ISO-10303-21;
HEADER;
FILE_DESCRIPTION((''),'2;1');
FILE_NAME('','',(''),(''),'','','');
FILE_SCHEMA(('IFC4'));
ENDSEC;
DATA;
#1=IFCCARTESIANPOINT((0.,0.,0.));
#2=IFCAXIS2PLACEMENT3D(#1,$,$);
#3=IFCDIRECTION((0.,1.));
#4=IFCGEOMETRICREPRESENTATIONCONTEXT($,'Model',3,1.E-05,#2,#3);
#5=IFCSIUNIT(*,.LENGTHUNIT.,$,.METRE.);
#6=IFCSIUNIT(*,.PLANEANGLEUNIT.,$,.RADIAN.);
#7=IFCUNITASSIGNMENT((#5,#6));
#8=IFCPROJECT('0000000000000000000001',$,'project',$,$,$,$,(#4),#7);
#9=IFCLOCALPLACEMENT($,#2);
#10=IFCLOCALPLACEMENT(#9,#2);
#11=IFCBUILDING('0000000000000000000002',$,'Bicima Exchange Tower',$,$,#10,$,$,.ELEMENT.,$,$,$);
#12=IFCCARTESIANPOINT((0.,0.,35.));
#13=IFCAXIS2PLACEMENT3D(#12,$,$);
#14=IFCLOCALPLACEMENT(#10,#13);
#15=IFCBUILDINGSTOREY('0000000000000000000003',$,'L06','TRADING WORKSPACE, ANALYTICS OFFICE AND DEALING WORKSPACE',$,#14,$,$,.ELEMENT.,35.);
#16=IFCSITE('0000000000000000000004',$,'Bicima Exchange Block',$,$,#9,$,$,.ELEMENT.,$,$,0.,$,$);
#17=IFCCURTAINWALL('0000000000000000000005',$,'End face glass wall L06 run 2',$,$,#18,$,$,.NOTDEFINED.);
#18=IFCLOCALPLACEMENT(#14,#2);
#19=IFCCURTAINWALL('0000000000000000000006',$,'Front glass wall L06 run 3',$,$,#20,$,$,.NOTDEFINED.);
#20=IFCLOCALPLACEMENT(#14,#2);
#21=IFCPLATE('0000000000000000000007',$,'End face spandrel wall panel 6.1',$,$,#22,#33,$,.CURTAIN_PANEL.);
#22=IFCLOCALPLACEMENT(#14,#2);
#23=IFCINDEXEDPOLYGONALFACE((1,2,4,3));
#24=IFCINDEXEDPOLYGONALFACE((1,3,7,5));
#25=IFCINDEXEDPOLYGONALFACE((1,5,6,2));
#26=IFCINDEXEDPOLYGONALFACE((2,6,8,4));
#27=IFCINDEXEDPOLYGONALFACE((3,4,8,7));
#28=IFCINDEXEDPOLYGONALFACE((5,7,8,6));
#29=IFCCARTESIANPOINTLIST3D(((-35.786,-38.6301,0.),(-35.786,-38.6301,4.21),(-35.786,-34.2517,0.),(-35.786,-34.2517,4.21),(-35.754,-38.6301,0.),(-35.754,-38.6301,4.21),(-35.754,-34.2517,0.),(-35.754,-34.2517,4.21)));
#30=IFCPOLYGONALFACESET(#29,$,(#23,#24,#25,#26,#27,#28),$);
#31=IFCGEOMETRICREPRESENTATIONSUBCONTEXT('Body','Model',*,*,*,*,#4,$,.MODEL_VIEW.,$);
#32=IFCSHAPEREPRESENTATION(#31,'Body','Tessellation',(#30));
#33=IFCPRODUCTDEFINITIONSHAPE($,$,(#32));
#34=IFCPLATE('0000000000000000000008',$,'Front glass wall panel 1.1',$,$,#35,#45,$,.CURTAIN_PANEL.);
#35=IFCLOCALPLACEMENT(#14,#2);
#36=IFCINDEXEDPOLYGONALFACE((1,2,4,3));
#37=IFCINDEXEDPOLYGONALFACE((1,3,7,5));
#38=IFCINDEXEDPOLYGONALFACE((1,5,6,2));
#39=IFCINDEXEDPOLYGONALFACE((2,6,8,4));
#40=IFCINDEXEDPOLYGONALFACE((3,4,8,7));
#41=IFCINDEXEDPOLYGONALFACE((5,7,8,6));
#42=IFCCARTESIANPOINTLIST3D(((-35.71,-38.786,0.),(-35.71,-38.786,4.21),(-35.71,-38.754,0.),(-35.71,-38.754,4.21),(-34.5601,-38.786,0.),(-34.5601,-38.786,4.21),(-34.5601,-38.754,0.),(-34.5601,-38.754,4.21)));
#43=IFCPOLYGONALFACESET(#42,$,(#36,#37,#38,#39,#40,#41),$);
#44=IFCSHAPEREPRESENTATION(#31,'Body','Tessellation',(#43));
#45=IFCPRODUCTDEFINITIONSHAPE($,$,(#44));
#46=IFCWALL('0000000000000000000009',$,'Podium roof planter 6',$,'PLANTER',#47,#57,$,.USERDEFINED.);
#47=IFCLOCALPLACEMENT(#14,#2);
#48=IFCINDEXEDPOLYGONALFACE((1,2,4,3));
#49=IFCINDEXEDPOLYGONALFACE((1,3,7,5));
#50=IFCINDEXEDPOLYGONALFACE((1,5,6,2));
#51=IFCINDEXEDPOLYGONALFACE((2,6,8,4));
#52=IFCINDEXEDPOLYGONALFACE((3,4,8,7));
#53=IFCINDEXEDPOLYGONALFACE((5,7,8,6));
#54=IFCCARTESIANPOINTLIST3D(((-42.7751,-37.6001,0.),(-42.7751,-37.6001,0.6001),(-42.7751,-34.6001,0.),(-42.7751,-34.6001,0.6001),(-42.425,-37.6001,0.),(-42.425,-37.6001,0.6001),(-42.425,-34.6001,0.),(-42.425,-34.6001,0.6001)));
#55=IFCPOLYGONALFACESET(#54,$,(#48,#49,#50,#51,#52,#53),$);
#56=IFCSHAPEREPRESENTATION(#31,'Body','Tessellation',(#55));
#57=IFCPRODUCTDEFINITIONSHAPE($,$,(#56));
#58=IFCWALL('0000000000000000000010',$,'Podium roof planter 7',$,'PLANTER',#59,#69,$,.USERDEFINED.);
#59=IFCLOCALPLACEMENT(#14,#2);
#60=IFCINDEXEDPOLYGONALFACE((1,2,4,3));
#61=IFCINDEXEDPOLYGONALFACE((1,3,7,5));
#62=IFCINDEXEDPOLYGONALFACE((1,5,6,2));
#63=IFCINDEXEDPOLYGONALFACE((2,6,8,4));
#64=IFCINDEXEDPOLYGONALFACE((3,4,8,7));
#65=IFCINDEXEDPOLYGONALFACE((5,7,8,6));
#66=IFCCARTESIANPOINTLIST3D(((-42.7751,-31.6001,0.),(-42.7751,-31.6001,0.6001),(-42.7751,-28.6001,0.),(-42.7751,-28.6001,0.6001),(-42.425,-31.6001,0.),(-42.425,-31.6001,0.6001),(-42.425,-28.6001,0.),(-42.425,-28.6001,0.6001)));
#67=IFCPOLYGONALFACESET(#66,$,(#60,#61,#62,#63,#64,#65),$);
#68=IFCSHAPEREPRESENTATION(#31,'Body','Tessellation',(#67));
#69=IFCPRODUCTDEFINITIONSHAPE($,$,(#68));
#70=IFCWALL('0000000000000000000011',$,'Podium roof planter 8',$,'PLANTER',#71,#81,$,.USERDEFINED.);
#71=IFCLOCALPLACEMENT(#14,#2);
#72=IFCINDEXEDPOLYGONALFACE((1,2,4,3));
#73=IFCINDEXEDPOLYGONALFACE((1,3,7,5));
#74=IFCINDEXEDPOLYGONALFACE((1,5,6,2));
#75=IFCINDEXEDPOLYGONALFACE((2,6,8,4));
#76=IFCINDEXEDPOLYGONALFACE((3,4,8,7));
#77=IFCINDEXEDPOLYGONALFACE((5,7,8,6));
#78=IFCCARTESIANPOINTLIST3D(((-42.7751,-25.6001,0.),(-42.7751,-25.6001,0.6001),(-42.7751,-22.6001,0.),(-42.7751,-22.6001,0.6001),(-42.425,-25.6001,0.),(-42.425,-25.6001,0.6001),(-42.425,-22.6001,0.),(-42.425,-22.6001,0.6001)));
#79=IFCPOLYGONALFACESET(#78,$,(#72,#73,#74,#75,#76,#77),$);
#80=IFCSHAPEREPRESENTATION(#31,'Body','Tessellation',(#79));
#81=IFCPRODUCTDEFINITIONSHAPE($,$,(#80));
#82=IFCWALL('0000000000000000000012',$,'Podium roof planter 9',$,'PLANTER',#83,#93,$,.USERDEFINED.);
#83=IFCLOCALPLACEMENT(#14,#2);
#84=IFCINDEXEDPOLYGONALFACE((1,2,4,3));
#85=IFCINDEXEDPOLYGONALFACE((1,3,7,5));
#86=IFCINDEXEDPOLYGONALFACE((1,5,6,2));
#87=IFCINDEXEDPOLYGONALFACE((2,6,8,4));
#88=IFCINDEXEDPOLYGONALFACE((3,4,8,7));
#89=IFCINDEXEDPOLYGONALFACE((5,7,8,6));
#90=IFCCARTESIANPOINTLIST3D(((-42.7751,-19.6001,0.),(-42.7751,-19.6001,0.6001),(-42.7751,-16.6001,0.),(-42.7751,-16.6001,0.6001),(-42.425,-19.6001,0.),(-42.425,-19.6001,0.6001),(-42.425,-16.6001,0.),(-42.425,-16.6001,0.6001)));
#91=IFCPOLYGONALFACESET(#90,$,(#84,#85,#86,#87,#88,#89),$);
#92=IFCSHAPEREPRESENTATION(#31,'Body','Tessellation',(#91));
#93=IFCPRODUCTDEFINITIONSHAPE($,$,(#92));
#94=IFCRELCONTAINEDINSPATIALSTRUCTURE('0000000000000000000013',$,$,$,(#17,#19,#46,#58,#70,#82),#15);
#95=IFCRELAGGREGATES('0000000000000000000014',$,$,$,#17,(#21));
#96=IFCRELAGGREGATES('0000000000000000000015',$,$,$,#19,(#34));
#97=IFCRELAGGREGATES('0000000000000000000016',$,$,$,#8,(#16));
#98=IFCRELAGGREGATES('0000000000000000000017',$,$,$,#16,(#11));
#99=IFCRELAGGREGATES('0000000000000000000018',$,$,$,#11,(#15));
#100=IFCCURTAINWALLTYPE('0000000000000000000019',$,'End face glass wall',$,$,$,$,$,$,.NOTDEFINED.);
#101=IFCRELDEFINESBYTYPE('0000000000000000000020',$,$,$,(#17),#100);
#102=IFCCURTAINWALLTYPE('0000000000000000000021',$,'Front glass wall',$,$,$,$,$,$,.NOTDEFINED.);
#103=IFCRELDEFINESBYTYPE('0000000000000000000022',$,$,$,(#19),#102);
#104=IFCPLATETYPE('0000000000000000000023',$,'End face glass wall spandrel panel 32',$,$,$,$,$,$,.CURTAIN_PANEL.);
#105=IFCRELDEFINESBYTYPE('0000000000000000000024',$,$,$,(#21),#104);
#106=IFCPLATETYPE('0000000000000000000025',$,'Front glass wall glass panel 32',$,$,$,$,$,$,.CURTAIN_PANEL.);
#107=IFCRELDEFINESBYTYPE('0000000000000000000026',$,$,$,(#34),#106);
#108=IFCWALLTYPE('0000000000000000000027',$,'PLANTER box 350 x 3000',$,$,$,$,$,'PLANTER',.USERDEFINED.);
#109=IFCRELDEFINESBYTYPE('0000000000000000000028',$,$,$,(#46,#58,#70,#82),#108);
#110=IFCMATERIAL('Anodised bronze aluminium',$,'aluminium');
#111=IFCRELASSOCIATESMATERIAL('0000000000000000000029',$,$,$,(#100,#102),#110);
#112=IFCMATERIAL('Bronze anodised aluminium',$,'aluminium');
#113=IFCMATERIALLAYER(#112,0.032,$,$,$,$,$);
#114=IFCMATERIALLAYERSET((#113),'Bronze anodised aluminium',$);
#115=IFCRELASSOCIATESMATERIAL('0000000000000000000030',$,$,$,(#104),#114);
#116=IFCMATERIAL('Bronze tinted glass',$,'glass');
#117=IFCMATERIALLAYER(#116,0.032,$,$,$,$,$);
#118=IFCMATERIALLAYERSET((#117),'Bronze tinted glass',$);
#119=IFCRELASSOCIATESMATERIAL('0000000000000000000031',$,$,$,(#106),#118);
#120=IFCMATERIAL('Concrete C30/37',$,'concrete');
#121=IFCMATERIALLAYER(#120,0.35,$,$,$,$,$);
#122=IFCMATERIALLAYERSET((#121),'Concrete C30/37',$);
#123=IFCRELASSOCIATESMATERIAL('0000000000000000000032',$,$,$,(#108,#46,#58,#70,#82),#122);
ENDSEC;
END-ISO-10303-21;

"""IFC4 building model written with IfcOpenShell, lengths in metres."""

from ifc_helpers import new_model, si_unit, direction, frame, frame_2d, origin, origin_2d, place, context, subcontext, project, spatial, rectangle, extrude, material, layer, layer_set, layer_usage, type_object, element, aggregate, save


model = new_model("IFC4")

# Units and contexts
model_context = context("Model", 3, precision=1e-05, world=origin(), true_north=direction((0.0, 1.0)))
body_context = subcontext(model_context, "Body", "Model", "MODEL_VIEW")
ifc_project = project(units=[si_unit("LENGTHUNIT", "METRE"), si_unit("PLANEANGLEUNIT", "RADIAN")], contexts=[model_context])

# Site, building, storey
site_placement = place(None, origin())
site = spatial("IfcSite", under=ifc_project, at=site_placement, Name="Bicima Exchange Block", CompositionType="ELEMENT", RefElevation=0.0)
building_placement = place(site_placement, origin())
building = spatial("IfcBuilding", under=site, at=building_placement, Name="Bicima Exchange Tower", CompositionType="ELEMENT")
storey_placement = place(building_placement, frame((0.0, 0.0, 35.0)))
storey = spatial("IfcBuildingStorey", under=building, at=storey_placement, Name="L06", Description="TRADING WORKSPACE, ANALYTICS OFFICE AND DEALING WORKSPACE", CompositionType="ELEMENT", Elevation=35.0)

# Curtain wall
ifc_material_1 = material(Name="Anodised bronze aluminium", Category="aluminium")
curtain_wall_type_1 = type_object("IfcCurtainWallType", Name="End face glass wall", PredefinedType="NOTDEFINED", material=ifc_material_1)
curtain_wall_1_placement = place(storey_placement, origin())
curtain_wall_1 = element("IfcCurtainWall", 1, at=curtain_wall_1_placement, inside=storey, type_object=curtain_wall_type_1, Name="End face glass wall L06 run 2", PredefinedType="NOTDEFINED")

# Curtain wall
curtain_wall_type_2 = type_object("IfcCurtainWallType", Name="Front glass wall", PredefinedType="NOTDEFINED", material=ifc_material_1)
curtain_wall_2_placement = place(storey_placement, origin())
curtain_wall_2 = element("IfcCurtainWall", 2, at=curtain_wall_2_placement, inside=storey, type_object=curtain_wall_type_2, Name="Front glass wall L06 run 3", PredefinedType="NOTDEFINED")

# Plates
ifc_material_2 = material(Name="Bronze tinted glass", Category="glass")
ifc_material_3 = material(Name="Bronze anodised aluminium", Category="aluminium")
ifc_layer_1 = layer(ifc_material_3, 0.032)
ifc_layer_set_1 = layer_set([ifc_layer_1], Name="Bronze anodised aluminium")
plate_type_1 = type_object("IfcPlateType", Name="End face glass wall spandrel panel 32", PredefinedType="CURTAIN_PANEL", material=ifc_layer_set_1)
plate_1_placement = place(storey_placement, frame((-35.77, -36.4409, 0.0), z_axis=(0.0, 0.0, 1.0), x_axis=(0.0, -1.0, 0.0)))
plate_1 = element("IfcPlate", 3, at=plate_1_placement, type_object=plate_type_1, Name="End face spandrel wall panel 6.1", PredefinedType="CURTAIN_PANEL", context=body_context, shape_type="SweptSolid", body=[
    extrude(rectangle(XDim=4.3784, YDim=0.032, at=origin_2d()), origin(), (0.0, 0.0, 1.0), 4.21),
])
aggregate(curtain_wall_1, [plate_1])
ifc_layer_2 = layer(ifc_material_2, 0.032)
ifc_layer_set_2 = layer_set([ifc_layer_2], Name="Bronze tinted glass")
plate_type_2 = type_object("IfcPlateType", Name="Front glass wall glass panel 32", PredefinedType="CURTAIN_PANEL", material=ifc_layer_set_2)
plate_2_placement = place(storey_placement, frame((-35.135, -38.77, 0.0), z_axis=(0.0, 0.0, 1.0), x_axis=(1.0, 0.0, 0.0)))
plate_2 = element("IfcPlate", 4, at=plate_2_placement, type_object=plate_type_2, Name="Front glass wall panel 1.1", PredefinedType="CURTAIN_PANEL", context=body_context, shape_type="SweptSolid", body=[
    extrude(rectangle(XDim=1.1499, YDim=0.032, at=origin_2d()), origin(), (0.0, 0.0, 1.0), 4.21),
])
aggregate(curtain_wall_2, [plate_2])

# Walls
ifc_material_4 = material(Name="Concrete C30/37", Category="concrete")
ifc_layer_3 = layer(ifc_material_4, 0.35)
ifc_layer_set_3 = layer_set([ifc_layer_3], Name="Concrete C30/37")
ifc_layer_usage = layer_usage(ifc_layer_set_3, "AXIS2", "POSITIVE", -0.175)
wall_type = type_object("IfcWallType", Name="PLANTER box 350 x 3000", ElementType="PLANTER", PredefinedType="USERDEFINED", material=ifc_layer_set_3)
for number, where, z_axis, x_axis, name in (
    (5, (-42.6001, -37.6001, 0.0), (0.0, 0.0, 1.0), (0.0, 1.0, 0.0), "Podium roof planter 6"),
    (6, (-42.6001, -31.6001, 0.0), (0.0, 0.0, 1.0), (0.0, 1.0, 0.0), "Podium roof planter 7"),
    (7, (-42.6001, -25.6001, 0.0), (0.0, 0.0, 1.0), (0.0, 1.0, 0.0), "Podium roof planter 8"),
    (8, (-42.6001, -19.6001, 0.0), (0.0, 0.0, 1.0), (0.0, 1.0, 0.0), "Podium roof planter 9"),
):
    element("IfcWall", number, at=place(storey_placement, frame(where, z_axis=z_axis, x_axis=x_axis)), inside=storey, type_object=wall_type, material=ifc_layer_usage, Name=name, ObjectType="PLANTER", PredefinedType="USERDEFINED", context=body_context, shape_type="SweptSolid", body=[
        extrude(rectangle(XDim=3.0, YDim=0.3501, at=frame_2d((1.5, 0.0))), origin(), (0.0, 0.0, 1.0), 0.6001),
    ])

save(model, "model.ifc")
